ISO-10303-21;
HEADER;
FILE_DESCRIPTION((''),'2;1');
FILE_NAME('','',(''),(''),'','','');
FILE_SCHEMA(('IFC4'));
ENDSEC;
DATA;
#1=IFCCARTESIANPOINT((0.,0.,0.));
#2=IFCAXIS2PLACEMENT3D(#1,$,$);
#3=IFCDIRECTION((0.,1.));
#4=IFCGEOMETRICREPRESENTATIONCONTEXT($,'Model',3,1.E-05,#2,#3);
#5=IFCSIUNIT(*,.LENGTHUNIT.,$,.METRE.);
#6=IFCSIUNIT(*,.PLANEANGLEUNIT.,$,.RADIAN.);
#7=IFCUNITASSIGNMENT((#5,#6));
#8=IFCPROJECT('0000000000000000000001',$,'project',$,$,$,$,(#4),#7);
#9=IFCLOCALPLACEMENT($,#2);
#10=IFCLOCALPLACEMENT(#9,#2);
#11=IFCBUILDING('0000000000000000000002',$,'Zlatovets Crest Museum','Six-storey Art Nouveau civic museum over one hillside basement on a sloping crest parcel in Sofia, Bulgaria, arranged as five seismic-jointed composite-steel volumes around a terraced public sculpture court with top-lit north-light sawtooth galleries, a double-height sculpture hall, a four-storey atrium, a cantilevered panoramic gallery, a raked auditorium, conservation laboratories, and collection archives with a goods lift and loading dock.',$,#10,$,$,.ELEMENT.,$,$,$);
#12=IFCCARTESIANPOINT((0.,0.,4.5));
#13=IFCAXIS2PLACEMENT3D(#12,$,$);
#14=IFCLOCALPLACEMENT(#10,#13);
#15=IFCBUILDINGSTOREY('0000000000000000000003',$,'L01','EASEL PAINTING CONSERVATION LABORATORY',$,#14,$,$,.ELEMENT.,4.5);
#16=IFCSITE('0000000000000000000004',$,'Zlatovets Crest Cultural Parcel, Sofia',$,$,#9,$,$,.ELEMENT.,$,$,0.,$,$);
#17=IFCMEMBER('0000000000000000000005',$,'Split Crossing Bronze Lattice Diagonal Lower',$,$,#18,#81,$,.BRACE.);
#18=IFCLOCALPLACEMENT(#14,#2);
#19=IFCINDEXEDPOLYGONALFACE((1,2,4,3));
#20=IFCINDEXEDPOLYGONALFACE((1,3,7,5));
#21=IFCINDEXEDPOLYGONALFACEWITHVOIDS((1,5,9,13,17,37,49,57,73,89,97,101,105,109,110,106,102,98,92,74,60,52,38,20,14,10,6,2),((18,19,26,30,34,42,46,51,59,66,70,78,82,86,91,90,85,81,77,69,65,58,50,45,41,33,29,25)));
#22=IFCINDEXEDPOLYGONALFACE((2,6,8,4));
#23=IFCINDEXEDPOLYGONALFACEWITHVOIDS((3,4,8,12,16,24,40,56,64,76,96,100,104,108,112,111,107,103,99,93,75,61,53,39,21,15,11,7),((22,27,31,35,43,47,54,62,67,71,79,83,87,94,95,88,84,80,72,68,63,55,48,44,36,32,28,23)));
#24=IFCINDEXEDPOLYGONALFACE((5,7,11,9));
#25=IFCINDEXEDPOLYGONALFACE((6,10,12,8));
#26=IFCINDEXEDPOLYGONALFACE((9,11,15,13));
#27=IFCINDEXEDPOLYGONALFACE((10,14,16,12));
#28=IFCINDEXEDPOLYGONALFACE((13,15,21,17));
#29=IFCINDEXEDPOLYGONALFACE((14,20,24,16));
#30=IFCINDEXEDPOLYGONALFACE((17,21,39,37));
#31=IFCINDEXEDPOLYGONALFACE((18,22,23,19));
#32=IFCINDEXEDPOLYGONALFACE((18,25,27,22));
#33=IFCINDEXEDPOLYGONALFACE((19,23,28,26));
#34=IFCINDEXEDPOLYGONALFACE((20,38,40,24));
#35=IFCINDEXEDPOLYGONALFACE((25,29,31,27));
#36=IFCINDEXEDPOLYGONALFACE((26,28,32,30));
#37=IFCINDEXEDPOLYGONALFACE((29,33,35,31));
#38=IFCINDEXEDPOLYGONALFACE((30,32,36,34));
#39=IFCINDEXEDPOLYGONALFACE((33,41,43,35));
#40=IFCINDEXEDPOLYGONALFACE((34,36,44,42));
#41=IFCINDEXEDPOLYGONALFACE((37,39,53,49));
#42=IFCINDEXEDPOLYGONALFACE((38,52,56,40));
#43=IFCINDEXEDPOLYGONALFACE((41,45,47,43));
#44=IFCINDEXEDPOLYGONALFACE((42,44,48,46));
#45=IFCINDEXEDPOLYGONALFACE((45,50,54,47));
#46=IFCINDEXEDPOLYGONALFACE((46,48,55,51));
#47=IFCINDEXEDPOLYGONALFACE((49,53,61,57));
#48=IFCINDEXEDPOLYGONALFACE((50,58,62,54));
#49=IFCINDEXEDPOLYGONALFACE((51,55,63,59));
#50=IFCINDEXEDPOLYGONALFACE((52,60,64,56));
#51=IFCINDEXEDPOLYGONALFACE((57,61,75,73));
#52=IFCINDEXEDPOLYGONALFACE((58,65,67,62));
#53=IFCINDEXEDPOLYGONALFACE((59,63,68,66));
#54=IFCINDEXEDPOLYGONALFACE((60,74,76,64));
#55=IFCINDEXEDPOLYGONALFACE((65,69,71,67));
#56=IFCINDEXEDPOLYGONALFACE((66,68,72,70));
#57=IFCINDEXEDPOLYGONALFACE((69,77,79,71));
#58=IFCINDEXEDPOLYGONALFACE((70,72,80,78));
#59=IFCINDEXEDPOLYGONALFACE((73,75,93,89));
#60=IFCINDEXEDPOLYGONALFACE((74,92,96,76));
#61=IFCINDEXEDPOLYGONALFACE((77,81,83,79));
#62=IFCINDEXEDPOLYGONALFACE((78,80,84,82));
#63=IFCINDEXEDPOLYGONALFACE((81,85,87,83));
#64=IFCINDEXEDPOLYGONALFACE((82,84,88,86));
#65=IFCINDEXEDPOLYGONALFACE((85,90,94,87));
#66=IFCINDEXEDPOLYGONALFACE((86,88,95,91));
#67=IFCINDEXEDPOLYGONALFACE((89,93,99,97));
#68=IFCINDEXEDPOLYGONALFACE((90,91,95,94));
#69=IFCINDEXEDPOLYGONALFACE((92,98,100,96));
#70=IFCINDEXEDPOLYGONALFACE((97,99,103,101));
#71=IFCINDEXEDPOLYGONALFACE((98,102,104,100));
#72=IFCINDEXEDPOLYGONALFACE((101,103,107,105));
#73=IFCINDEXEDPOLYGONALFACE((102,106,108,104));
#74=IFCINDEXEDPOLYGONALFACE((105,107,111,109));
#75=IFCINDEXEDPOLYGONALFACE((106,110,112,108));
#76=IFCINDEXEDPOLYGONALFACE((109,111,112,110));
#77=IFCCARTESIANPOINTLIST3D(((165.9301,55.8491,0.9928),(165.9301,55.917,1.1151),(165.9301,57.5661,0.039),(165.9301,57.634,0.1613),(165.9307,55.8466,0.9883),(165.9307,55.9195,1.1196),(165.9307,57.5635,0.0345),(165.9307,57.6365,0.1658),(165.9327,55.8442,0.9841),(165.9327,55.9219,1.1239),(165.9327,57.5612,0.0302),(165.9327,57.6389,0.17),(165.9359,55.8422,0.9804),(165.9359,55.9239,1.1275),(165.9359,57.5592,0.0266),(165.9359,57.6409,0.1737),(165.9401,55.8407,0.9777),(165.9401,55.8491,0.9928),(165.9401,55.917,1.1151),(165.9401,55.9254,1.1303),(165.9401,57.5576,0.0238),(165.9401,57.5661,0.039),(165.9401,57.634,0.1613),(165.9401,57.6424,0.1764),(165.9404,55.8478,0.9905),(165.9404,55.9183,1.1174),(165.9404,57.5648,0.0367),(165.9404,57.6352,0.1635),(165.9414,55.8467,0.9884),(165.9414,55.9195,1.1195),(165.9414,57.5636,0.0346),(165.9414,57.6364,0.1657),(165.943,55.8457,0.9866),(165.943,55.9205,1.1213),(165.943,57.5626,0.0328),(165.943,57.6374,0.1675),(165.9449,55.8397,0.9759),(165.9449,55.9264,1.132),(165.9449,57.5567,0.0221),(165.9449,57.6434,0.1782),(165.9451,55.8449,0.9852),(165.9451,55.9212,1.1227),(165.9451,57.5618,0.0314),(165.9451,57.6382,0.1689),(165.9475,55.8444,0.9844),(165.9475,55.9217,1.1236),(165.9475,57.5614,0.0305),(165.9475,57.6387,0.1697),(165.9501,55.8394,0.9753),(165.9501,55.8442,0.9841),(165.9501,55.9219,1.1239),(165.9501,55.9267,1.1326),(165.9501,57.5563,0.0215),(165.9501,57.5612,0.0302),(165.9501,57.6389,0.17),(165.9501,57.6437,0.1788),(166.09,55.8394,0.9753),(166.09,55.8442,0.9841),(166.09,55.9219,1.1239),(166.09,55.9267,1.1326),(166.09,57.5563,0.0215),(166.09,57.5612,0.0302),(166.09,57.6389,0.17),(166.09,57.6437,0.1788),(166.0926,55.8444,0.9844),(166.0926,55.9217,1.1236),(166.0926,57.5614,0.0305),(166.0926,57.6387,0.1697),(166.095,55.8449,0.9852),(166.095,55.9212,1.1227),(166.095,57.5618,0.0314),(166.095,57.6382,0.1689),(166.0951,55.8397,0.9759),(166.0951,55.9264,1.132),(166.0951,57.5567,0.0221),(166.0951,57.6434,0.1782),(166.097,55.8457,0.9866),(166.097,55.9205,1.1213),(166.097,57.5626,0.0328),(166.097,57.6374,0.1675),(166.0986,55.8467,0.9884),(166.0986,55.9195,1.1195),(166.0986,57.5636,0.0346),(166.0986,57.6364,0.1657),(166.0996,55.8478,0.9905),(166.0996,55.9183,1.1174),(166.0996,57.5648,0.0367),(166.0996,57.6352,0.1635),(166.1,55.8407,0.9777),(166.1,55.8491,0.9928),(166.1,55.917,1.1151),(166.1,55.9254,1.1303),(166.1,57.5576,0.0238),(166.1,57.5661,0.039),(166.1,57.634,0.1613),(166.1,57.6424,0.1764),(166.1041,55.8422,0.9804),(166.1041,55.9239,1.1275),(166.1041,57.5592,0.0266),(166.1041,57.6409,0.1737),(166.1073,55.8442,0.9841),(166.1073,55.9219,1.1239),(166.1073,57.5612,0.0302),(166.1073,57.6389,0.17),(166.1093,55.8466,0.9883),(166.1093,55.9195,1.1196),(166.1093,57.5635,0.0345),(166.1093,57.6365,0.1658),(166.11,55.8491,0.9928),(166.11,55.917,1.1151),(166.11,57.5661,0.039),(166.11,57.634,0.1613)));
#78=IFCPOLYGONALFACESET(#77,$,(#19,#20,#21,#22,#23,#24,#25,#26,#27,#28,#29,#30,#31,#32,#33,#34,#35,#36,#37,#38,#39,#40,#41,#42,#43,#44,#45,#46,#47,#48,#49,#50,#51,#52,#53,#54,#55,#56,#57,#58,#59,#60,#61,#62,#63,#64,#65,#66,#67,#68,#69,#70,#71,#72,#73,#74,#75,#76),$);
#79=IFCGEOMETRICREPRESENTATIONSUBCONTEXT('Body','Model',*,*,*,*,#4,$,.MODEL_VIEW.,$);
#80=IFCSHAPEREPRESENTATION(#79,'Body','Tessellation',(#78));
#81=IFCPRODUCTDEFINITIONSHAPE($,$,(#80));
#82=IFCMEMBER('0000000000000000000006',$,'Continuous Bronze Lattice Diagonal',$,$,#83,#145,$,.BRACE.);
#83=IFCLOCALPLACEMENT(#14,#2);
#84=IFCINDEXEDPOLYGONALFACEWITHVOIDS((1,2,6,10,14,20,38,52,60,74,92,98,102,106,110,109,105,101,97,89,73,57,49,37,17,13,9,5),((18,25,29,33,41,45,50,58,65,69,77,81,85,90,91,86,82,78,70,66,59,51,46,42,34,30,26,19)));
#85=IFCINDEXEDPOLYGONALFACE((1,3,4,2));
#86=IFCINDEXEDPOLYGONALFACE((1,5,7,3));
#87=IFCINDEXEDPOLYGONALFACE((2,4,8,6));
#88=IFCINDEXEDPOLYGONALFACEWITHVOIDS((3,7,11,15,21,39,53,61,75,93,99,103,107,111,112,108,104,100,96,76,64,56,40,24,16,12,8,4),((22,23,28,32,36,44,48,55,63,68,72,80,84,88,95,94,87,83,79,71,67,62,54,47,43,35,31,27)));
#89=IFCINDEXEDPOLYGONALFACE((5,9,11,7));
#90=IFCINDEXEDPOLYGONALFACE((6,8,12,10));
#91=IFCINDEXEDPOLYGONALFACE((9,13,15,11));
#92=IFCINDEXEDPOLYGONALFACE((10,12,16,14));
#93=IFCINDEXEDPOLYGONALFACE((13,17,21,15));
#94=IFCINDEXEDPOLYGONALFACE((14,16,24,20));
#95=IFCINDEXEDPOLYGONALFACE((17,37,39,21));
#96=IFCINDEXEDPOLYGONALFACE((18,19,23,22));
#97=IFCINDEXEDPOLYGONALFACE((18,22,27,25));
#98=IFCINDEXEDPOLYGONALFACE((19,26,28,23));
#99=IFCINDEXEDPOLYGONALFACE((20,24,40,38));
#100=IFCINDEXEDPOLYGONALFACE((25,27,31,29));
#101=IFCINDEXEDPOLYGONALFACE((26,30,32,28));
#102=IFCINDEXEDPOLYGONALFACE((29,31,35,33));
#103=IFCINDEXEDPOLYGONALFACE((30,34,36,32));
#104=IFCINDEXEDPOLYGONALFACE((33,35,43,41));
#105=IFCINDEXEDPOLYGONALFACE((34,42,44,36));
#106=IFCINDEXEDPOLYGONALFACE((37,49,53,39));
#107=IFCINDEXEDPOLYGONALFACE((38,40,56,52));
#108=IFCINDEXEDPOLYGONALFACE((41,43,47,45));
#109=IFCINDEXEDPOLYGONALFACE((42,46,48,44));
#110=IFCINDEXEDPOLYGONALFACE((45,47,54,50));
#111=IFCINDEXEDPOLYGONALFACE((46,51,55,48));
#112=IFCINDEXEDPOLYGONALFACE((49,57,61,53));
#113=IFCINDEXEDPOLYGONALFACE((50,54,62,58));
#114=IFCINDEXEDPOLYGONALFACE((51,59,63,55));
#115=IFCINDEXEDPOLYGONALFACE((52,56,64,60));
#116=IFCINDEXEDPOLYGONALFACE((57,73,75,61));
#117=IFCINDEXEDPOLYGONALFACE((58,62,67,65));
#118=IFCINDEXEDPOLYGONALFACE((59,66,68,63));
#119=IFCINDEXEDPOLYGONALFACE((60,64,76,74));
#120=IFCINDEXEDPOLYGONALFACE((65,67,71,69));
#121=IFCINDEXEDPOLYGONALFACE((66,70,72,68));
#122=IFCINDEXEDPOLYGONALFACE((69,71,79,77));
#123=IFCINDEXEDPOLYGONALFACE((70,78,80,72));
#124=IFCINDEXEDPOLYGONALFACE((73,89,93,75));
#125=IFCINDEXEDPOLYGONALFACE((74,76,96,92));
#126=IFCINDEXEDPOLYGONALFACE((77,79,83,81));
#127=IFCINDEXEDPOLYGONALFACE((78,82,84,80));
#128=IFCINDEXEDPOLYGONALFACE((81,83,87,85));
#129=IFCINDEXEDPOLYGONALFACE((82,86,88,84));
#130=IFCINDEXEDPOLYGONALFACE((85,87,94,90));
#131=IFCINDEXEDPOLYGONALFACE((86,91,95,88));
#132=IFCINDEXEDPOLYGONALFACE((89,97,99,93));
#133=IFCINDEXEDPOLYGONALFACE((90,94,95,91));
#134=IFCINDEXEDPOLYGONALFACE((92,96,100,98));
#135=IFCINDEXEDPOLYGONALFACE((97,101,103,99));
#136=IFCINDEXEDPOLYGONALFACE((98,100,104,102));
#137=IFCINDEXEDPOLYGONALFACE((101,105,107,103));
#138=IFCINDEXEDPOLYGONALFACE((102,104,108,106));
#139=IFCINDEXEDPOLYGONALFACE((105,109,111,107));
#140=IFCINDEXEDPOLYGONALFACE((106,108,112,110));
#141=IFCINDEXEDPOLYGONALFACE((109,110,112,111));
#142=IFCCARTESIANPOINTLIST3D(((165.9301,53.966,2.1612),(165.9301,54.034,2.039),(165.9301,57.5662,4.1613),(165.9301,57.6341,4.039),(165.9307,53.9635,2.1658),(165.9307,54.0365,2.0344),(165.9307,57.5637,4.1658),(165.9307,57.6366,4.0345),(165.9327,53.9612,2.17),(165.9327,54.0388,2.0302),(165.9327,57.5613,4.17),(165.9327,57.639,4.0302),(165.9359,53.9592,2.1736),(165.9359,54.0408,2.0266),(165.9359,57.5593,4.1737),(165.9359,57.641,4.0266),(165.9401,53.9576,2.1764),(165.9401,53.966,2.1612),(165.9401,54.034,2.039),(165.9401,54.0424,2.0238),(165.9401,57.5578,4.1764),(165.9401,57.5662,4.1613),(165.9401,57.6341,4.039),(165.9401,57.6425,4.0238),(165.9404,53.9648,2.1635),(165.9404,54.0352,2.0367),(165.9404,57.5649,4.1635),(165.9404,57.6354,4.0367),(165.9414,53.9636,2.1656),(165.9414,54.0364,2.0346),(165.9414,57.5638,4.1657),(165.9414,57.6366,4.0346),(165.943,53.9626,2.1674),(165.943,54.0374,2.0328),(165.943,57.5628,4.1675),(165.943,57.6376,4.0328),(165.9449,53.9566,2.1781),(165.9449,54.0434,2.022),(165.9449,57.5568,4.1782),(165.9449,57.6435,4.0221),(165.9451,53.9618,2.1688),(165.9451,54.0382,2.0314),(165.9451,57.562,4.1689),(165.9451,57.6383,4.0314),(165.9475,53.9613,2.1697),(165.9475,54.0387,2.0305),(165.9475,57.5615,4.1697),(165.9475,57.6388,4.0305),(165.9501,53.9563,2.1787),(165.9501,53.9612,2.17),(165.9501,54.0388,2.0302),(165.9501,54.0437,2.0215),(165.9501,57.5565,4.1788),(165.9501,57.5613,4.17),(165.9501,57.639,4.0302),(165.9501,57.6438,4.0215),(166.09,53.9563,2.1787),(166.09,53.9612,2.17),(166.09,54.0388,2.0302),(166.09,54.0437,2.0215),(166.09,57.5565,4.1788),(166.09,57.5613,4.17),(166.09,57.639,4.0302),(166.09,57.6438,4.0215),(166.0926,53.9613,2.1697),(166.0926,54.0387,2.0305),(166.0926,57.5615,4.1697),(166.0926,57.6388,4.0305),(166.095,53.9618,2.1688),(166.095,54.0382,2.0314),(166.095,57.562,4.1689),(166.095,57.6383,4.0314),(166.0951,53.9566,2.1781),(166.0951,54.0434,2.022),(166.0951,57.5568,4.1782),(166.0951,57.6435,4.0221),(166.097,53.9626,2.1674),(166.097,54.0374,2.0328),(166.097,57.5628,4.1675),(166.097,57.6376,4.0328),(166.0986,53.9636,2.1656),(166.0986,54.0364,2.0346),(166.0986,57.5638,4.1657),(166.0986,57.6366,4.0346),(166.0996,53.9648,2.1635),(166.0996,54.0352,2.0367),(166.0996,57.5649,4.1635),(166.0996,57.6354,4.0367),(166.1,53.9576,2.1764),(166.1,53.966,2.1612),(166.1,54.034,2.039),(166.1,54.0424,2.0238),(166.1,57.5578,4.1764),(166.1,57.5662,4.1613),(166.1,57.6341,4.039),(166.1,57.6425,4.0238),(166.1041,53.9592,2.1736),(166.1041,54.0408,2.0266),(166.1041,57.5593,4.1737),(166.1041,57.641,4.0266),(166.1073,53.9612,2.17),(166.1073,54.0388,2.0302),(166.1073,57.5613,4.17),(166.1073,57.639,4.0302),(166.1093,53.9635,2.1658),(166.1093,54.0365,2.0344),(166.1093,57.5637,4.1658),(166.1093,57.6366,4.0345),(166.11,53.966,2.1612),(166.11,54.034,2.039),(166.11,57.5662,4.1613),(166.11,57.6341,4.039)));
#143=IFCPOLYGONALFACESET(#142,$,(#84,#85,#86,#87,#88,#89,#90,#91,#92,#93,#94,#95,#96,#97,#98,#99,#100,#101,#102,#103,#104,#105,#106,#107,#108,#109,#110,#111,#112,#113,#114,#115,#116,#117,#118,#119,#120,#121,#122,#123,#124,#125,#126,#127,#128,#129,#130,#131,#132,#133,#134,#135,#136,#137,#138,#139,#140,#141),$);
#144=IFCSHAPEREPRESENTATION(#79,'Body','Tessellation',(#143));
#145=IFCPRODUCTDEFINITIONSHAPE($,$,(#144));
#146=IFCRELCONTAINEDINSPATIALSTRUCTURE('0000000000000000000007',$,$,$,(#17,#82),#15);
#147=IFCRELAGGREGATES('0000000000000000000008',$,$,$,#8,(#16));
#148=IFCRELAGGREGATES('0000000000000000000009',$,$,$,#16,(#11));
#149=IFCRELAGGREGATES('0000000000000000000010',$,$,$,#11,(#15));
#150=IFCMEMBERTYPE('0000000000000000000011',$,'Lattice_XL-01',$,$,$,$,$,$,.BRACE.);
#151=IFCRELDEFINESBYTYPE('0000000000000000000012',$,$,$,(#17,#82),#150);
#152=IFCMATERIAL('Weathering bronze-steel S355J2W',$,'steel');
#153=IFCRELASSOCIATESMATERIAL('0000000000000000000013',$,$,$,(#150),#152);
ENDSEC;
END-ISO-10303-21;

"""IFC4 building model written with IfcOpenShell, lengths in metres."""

from ifc_helpers import new_model, si_unit, direction, frame, origin, origin_2d, place, context, subcontext, project, spatial, hollow_rectangle, extrude, material, material_profile, profile_set, type_object, element, save


model = new_model("IFC4")

# Units and contexts
model_context = context("Model", 3, precision=1e-05, world=origin(), true_north=direction((0.0, 1.0)))
body_context = subcontext(model_context, "Body", "Model", "MODEL_VIEW")
ifc_project = project(units=[si_unit("LENGTHUNIT", "METRE"), si_unit("PLANEANGLEUNIT", "RADIAN")], contexts=[model_context])

# Site, building, storey
site_placement = place(None, origin())
site = spatial("IfcSite", under=ifc_project, at=site_placement, Name="Zlatovets Crest Cultural Parcel, Sofia", CompositionType="ELEMENT", RefElevation=0.0)
building_placement = place(site_placement, origin())
building = spatial("IfcBuilding", under=site, at=building_placement, Name="Zlatovets Crest Museum", Description="Six-storey Art Nouveau civic museum over one hillside basement on a sloping crest parcel in Sofia, Bulgaria, arranged as five seismic-jointed composite-steel volumes around a terraced public sculpture court with top-lit north-light sawtooth galleries, a double-height sculpture hall, a four-storey atrium, a cantilevered panoramic gallery, a raked auditorium, conservation laboratories, and collection archives with a goods lift and loading dock.", CompositionType="ELEMENT")
storey_placement = place(building_placement, frame((0.0, 0.0, 4.5)))
storey = spatial("IfcBuildingStorey", under=building, at=storey_placement, Name="L01", Description="EASEL PAINTING CONSERVATION LABORATORY", CompositionType="ELEMENT", Elevation=4.5)

# Members
ifc_material_1 = material(Name="Weathering bronze-steel S355J2W", Category="steel")
ifc_material_profile_1 = material_profile(ifc_material_1, hollow_rectangle(XDim=0.1799, YDim=0.1799, WallThickness=0.01, InnerFilletRadius=0.01, OuterFilletRadius=0.02, at=origin_2d()), Name="SHS 180x180x10.0")
ifc_profile_set_1 = profile_set([ifc_material_profile_1], Name="Weathering bronze-steel S355J2W")
member_type_1 = type_object("IfcMemberType", Name="Lattice_XL-01", PredefinedType="BRACE", material=ifc_profile_set_1)
member_1_placement = place(storey_placement, frame((166.02, 55.8831, 1.054), z_axis=(0.0, 0.874169, -0.485622), x_axis=(-1.0, 0.0, 0.0)))
element("IfcMember", 1, at=member_1_placement, inside=storey, type_object=member_type_1, Name="Split Crossing Bronze Lattice Diagonal Lower", PredefinedType="BRACE", context=body_context, shape_type="SweptSolid", body=[
    extrude(hollow_rectangle(XDim=0.1799, YDim=0.1799, WallThickness=0.01, InnerFilletRadius=0.01, OuterFilletRadius=0.02, at=origin_2d()), origin(), (0.0, 0.0, 1.0), 1.9641),
])
member_2_placement = place(storey_placement, frame((166.02, 54.0, 2.1001), z_axis=(0.0, 0.874163, 0.485633), x_axis=(-1.0, 0.0, 0.0)))
element("IfcMember", 2, at=member_2_placement, inside=storey, type_object=member_type_1, Name="Continuous Bronze Lattice Diagonal", PredefinedType="BRACE", context=body_context, shape_type="SweptSolid", body=[
    extrude(hollow_rectangle(XDim=0.1799, YDim=0.1799, WallThickness=0.01, InnerFilletRadius=0.01, OuterFilletRadius=0.02, at=origin_2d()), origin(), (0.0, 0.0, 1.0), 4.1184),
])

save(model, "model.ifc")
